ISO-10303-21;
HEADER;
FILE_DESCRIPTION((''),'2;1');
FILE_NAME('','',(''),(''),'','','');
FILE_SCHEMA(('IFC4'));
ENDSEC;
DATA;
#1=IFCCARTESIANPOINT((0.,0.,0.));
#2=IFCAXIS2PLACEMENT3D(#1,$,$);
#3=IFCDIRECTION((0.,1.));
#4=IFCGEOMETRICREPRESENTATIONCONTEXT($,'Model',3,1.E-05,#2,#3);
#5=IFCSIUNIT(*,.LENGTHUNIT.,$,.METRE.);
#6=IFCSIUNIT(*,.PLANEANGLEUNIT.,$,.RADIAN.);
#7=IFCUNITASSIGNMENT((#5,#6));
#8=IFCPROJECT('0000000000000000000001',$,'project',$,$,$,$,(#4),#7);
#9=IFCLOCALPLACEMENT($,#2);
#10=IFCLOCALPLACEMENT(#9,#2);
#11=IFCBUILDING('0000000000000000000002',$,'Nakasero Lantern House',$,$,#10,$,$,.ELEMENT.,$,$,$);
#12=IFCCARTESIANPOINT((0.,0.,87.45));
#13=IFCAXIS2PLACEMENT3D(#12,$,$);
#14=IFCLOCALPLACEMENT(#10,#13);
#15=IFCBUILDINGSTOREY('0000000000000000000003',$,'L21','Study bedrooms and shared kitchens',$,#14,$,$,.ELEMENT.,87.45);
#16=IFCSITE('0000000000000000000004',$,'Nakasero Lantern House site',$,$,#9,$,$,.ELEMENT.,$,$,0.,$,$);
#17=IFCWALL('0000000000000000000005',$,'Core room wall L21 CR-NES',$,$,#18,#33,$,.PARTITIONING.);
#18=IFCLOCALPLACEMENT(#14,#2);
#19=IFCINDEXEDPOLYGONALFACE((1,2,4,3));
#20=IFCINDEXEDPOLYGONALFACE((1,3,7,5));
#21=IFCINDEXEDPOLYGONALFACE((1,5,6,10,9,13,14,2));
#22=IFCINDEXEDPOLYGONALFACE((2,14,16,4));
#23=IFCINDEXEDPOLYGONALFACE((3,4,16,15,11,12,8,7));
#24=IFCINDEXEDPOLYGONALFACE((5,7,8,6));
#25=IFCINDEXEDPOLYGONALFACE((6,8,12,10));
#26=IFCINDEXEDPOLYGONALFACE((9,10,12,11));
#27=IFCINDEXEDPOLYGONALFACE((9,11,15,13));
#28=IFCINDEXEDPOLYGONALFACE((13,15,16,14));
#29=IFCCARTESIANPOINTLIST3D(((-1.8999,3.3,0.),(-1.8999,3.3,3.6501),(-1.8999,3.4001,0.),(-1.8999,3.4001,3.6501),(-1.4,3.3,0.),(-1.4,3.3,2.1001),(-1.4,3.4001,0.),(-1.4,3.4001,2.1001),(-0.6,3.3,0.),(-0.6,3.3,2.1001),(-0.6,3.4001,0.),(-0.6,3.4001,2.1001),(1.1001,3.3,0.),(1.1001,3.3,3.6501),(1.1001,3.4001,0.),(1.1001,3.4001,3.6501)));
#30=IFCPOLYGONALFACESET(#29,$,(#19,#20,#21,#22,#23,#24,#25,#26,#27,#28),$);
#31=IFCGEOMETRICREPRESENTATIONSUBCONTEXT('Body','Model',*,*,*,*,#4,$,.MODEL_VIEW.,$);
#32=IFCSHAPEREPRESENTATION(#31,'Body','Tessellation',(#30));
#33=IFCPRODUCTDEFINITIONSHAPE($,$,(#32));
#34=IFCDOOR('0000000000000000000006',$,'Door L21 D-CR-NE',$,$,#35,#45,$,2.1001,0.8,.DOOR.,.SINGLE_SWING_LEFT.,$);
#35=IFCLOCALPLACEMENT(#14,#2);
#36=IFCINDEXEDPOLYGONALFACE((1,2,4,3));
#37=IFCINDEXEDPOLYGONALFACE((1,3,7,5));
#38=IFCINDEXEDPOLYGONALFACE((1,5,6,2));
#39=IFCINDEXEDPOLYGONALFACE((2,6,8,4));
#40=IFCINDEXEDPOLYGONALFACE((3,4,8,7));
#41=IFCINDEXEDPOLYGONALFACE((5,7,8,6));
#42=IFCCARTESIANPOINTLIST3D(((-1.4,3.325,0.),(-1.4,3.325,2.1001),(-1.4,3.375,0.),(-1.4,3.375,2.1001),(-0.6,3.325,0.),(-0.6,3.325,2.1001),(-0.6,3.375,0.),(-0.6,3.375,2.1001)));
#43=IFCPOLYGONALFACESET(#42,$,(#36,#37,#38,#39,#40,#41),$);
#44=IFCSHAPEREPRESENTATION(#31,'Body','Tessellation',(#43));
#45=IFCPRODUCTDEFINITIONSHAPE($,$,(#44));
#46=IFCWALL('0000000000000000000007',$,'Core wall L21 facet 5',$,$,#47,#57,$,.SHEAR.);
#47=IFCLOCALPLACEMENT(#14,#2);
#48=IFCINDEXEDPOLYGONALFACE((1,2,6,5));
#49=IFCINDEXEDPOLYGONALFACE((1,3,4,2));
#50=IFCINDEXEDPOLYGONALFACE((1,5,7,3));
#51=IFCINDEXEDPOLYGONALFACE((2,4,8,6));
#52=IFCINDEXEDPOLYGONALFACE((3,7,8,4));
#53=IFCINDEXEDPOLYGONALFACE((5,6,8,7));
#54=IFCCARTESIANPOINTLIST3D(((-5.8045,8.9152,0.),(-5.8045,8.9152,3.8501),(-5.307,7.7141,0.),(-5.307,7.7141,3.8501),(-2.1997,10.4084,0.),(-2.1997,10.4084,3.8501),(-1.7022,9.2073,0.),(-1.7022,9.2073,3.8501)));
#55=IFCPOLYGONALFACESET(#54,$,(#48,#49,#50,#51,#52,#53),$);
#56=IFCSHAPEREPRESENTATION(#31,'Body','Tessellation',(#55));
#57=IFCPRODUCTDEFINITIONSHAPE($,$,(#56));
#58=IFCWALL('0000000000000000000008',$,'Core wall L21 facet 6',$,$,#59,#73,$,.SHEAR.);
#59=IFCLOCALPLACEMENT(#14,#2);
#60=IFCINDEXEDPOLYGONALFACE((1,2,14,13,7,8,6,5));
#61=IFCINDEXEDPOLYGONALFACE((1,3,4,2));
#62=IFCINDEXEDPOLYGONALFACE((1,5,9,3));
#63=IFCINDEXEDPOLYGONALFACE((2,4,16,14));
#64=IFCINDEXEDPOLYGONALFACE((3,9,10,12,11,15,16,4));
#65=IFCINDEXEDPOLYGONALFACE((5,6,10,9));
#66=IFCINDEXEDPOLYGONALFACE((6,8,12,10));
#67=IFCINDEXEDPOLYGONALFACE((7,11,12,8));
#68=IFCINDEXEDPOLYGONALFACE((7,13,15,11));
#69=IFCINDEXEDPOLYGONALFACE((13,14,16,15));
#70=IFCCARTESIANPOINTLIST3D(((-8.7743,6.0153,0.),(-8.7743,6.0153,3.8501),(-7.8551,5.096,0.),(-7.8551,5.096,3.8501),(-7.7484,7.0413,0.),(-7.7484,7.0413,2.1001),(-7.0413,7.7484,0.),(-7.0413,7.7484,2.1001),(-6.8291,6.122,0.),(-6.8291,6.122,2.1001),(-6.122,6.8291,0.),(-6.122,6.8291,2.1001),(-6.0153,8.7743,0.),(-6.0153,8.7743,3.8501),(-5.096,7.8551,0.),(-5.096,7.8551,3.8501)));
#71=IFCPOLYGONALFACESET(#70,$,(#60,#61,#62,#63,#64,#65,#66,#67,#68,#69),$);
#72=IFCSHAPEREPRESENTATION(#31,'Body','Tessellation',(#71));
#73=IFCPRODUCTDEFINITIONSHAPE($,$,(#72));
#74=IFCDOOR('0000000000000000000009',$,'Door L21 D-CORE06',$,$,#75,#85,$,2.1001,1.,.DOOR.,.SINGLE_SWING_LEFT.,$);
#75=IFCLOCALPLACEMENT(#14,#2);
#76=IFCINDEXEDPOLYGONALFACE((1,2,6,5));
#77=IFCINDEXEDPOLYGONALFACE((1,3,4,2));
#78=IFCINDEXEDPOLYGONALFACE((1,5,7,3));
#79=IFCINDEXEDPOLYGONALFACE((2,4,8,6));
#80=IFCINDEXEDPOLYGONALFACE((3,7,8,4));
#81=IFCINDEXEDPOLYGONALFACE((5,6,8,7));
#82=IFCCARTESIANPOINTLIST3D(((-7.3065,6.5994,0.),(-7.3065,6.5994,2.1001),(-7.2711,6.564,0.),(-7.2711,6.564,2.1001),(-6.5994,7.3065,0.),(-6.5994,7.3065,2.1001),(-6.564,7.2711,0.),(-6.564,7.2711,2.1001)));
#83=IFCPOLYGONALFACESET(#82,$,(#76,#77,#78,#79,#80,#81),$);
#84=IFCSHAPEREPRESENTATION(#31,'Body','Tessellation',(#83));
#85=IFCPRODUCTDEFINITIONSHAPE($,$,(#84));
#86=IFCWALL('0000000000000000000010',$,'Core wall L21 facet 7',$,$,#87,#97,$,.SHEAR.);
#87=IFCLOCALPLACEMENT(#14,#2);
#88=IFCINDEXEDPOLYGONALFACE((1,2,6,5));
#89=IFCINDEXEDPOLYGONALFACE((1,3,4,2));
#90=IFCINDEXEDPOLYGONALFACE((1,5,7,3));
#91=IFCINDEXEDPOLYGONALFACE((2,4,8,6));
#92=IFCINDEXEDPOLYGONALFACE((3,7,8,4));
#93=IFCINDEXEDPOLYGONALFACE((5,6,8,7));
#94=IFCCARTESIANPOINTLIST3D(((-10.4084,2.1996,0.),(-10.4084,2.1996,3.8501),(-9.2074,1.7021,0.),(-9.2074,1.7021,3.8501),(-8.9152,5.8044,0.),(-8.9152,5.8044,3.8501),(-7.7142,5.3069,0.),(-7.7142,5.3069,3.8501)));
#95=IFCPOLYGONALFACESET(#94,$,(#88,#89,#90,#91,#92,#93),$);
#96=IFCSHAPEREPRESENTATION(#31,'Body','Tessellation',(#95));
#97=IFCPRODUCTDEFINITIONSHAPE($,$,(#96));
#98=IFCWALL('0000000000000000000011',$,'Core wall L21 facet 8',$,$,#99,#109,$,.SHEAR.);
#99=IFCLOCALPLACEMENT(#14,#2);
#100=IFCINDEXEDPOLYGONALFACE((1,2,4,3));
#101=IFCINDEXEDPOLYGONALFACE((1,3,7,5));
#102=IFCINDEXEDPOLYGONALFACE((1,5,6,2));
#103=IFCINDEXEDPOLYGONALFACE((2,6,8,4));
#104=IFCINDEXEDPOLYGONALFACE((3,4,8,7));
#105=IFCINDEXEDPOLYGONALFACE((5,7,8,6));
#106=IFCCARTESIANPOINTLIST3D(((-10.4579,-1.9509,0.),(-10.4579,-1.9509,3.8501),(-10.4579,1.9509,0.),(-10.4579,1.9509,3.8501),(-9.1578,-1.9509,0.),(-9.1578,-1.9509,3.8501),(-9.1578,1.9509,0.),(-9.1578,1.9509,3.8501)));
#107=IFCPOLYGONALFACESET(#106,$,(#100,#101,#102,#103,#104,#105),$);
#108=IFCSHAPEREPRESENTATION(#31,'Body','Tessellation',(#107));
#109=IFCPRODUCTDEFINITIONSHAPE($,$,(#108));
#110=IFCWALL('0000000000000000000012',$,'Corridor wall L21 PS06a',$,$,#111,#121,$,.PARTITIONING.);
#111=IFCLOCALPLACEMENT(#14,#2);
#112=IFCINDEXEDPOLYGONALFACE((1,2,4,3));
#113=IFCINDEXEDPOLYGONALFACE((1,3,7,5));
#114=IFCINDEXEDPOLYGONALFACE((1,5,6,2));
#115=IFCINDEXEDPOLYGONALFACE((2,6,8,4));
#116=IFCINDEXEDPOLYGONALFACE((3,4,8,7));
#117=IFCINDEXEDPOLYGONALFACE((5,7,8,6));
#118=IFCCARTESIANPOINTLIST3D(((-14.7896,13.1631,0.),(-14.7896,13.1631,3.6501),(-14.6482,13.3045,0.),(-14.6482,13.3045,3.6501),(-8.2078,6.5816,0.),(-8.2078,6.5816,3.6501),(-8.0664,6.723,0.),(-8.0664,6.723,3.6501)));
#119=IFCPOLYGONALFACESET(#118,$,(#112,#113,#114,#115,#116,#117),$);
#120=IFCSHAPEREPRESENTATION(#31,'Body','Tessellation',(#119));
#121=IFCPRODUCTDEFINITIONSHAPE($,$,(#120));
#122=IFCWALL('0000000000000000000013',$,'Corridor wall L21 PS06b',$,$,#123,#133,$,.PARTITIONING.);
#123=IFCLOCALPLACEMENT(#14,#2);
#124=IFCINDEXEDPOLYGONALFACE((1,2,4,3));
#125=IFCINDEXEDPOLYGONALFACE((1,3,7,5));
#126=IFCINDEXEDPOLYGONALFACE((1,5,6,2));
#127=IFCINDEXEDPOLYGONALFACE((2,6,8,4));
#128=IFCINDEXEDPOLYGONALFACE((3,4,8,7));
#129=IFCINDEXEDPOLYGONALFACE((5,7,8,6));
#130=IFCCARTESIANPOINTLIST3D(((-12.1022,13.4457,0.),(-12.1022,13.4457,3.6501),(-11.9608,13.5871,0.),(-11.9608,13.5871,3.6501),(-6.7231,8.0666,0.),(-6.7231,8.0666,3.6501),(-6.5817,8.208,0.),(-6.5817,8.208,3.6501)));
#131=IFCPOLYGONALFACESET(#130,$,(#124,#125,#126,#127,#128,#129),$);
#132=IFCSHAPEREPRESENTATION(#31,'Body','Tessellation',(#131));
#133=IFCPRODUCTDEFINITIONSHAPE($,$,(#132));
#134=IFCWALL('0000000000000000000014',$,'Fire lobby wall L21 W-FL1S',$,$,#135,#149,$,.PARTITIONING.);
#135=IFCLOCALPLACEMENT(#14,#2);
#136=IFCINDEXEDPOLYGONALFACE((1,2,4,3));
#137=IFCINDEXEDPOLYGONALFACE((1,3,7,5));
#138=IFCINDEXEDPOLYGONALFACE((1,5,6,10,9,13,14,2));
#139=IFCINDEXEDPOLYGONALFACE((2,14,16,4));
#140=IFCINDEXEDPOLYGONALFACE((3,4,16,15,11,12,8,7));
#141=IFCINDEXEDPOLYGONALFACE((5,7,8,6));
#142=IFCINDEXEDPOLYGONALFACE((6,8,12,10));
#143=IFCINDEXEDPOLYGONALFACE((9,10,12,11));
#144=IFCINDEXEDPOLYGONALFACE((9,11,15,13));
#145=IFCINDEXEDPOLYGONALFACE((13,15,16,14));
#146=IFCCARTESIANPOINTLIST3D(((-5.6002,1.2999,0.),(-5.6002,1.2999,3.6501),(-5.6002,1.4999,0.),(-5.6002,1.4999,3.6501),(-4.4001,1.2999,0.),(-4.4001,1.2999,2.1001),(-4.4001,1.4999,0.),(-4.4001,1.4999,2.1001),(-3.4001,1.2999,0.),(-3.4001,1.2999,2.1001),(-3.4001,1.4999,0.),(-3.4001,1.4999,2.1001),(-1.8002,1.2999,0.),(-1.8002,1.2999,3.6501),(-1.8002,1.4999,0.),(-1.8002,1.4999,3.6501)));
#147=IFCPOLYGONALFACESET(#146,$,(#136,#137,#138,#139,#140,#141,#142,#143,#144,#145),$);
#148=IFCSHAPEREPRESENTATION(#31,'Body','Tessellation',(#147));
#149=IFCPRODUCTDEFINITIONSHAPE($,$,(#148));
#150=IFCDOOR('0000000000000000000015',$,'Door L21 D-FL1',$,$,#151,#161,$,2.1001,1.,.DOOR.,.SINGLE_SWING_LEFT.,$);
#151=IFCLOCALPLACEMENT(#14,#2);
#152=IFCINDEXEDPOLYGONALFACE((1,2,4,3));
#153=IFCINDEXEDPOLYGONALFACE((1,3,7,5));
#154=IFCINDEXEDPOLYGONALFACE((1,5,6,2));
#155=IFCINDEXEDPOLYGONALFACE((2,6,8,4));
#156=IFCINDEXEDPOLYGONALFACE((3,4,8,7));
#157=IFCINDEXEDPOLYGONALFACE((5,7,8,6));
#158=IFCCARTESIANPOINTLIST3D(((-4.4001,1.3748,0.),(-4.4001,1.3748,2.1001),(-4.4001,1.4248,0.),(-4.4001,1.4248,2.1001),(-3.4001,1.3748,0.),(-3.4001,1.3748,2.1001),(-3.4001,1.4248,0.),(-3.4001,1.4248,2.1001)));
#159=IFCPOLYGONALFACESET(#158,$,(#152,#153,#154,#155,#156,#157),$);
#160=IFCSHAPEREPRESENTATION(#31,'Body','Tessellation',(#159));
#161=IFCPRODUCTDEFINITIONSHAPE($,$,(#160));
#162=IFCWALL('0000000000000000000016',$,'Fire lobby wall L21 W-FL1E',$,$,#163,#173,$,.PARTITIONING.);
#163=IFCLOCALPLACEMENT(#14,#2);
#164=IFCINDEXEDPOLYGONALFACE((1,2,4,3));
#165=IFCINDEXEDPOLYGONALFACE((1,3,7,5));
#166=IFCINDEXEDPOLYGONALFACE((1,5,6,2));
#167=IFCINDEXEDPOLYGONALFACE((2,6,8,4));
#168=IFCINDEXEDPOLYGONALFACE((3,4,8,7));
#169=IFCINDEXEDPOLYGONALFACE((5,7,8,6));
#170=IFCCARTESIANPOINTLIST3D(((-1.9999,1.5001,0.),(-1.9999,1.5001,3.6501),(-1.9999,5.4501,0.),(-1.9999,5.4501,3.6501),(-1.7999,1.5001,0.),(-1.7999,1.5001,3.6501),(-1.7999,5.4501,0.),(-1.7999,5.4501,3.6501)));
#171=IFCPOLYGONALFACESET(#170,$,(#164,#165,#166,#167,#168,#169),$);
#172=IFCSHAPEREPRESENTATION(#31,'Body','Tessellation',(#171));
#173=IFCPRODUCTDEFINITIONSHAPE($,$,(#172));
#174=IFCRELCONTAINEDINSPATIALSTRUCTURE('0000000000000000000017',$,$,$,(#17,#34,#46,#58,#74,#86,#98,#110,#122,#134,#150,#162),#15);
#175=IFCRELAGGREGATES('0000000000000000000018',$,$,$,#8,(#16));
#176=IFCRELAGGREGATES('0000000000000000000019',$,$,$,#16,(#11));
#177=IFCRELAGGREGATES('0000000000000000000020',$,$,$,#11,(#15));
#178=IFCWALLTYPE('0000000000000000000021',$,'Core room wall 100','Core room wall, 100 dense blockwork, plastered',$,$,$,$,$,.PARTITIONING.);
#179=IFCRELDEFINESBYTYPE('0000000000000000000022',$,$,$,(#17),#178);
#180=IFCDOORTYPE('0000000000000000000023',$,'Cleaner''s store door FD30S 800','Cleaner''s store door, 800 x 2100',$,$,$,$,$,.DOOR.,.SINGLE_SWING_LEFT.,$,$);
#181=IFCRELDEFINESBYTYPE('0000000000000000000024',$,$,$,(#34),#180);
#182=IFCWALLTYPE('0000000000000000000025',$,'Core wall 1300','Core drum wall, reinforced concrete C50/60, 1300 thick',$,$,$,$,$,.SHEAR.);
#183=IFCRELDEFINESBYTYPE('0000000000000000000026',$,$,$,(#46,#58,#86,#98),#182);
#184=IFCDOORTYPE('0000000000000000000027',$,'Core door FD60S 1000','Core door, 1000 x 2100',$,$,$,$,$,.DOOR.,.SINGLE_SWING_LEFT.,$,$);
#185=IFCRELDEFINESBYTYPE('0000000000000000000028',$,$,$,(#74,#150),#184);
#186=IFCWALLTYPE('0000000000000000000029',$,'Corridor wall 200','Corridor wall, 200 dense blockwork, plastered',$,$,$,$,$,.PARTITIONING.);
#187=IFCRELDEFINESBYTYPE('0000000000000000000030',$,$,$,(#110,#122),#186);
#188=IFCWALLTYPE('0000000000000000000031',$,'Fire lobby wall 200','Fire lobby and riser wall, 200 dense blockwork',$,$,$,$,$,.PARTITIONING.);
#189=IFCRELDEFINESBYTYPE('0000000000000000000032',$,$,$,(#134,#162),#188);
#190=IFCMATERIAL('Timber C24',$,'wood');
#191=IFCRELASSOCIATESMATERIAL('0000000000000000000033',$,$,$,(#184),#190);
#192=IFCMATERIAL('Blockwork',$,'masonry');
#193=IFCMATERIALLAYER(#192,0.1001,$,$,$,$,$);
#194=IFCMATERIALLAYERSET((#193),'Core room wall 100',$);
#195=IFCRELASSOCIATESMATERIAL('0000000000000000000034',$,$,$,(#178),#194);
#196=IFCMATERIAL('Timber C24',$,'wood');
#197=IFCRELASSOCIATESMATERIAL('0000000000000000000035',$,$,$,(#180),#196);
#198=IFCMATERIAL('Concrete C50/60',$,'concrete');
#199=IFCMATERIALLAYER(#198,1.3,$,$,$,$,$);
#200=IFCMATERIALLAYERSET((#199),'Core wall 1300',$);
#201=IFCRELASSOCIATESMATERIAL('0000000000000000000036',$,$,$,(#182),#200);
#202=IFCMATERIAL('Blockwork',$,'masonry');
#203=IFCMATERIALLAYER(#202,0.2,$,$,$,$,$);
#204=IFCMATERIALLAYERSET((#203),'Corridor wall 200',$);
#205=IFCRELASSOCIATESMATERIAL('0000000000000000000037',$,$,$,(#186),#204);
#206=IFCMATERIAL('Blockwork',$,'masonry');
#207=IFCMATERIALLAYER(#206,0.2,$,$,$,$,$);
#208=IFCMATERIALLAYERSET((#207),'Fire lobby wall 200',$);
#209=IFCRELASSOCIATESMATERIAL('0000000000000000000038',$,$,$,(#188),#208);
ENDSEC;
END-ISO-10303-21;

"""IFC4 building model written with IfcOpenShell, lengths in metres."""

from ifc_helpers import new_model, si_unit, direction, frame, frame_2d, origin, place, context, subcontext, project, spatial, rectangle, extrude, material, layer, layer_set, type_object, element, fill, save


model = new_model("IFC4")

# Units and contexts
model_context = context("Model", 3, precision=1e-05, world=origin(), true_north=direction((0.0, 1.0)))
body_context = subcontext(model_context, "Body", "Model", "MODEL_VIEW")
ifc_project = project(units=[si_unit("LENGTHUNIT", "METRE"), si_unit("PLANEANGLEUNIT", "RADIAN")], contexts=[model_context])

# Site, building, storey
site_placement = place(None, origin())
site = spatial("IfcSite", under=ifc_project, at=site_placement, Name="Nakasero Lantern House site", CompositionType="ELEMENT", RefElevation=0.0)
building_placement = place(site_placement, origin())
building = spatial("IfcBuilding", under=site, at=building_placement, Name="Nakasero Lantern House", CompositionType="ELEMENT")
storey_placement = place(building_placement, frame((0.0, 0.0, 87.45)))
storey = spatial("IfcBuildingStorey", under=building, at=storey_placement, Name="L21", Description="Study bedrooms and shared kitchens", CompositionType="ELEMENT", Elevation=87.45)

# Shared definitions
ifc_material_1 = material(Name="Timber C24", Category="wood")
door_type_1 = type_object("IfcDoorType", Name="Core door FD60S 1000", Description="Core door, 1000 x 2100", OperationType="SINGLE_SWING_LEFT", PredefinedType="DOOR", material=ifc_material_1)

# Wall, opening, door
ifc_material_2 = material(Name="Blockwork", Category="masonry")
ifc_layer_1 = layer(ifc_material_2, 0.1001)
ifc_layer_set_1 = layer_set([ifc_layer_1], Name="Core room wall 100")
wall_type_1 = type_object("IfcWallType", Name="Core room wall 100", Description="Core room wall, 100 dense blockwork, plastered", PredefinedType="PARTITIONING", material=ifc_layer_set_1)
wall_1_placement = place(storey_placement, frame((-1.8999, 3.3501, 0.0), z_axis=(0.0, 0.0, 1.0), x_axis=(1.0, 0.0, 0.0)))
wall_1 = element("IfcWall", 1, at=wall_1_placement, inside=storey, type_object=wall_type_1, Name="Core room wall L21 CR-NES", PredefinedType="PARTITIONING", context=body_context, shape_type="SweptSolid", body=[
    extrude(rectangle(XDim=3.0, YDim=0.1001, at=frame_2d((1.5, 0.0))), origin(), (0.0, 0.0, 1.0), 3.6501),
])
opening_1_placement = place(wall_1_placement, frame((0.5, 0.0, 0.0)))
opening_1 = element("IfcOpeningElement", 2, at=opening_1_placement, cuts=wall_1, PredefinedType="OPENING", context=body_context, shape_type="SweptSolid", body=[
    extrude(rectangle(XDim=0.8, YDim=2.1001, at=frame_2d((0.3999, 1.05))), frame((0.0, 0.0701, 0.0), z_axis=(0.0, -1.0, 0.0), x_axis=(1.0, 0.0, 0.0)), (0.0, 0.0, 1.0), 0.1401),
])
ifc_material_3 = material(Name="Timber C24", Category="wood")
door_type_2 = type_object("IfcDoorType", Name="Cleaner's store door FD30S 800", Description="Cleaner's store door, 800 x 2100", OperationType="SINGLE_SWING_LEFT", PredefinedType="DOOR", material=ifc_material_3)
door_1_placement = place(opening_1_placement, origin())
door_1 = element("IfcDoor", 3, at=door_1_placement, inside=storey, type_object=door_type_2, Name="Door L21 D-CR-NE", OperationType="SINGLE_SWING_LEFT", OverallHeight=2.1001, OverallWidth=0.8, PredefinedType="DOOR", context=body_context, shape_type="SweptSolid", body=[
    extrude(rectangle(XDim=0.8, YDim=2.1001, at=frame_2d((0.3999, 1.05))), frame((0.0, 0.0249, 0.0), z_axis=(0.0, -1.0, 0.0), x_axis=(1.0, 0.0, 0.0)), (0.0, 0.0, 1.0), 0.05),
])
fill(opening_1, door_1)

# Wall
ifc_material_4 = material(Name="Concrete C50/60", Category="concrete")
ifc_layer_2 = layer(ifc_material_4, 1.3)
ifc_layer_set_2 = layer_set([ifc_layer_2], Name="Core wall 1300")
wall_type_2 = type_object("IfcWallType", Name="Core wall 1300", Description="Core drum wall, reinforced concrete C50/60, 1300 thick", PredefinedType="SHEAR", material=ifc_layer_set_2)
wall_2_placement = place(storey_placement, frame((-1.9509, 9.8079, 0.0), z_axis=(0.0, 0.0, 1.0), x_axis=(-0.923877, -0.382691, 0.0)))
element("IfcWall", 4, at=wall_2_placement, inside=storey, type_object=wall_type_2, Name="Core wall L21 facet 5", PredefinedType="SHEAR", context=body_context, shape_type="SweptSolid", body=[
    extrude(rectangle(XDim=3.9019, YDim=1.3, at=frame_2d((1.9509, 0.0))), origin(), (0.0, 0.0, 1.0), 3.8501),
])

# Wall, opening, door
wall_3_placement = place(storey_placement, frame((-5.5557, 8.3147, 0.0), z_axis=(0.0, 0.0, 1.0), x_axis=(-0.707107, -0.707107, 0.0)))
wall_3 = element("IfcWall", 5, at=wall_3_placement, inside=storey, type_object=wall_type_2, Name="Core wall L21 facet 6", PredefinedType="SHEAR", context=body_context, shape_type="SweptSolid", body=[
    extrude(rectangle(XDim=3.9019, YDim=1.3, at=frame_2d((1.9509, 0.0))), origin(), (0.0, 0.0, 1.0), 3.8501),
])
opening_2_placement = place(wall_3_placement, frame((1.4509, 0.0, 0.0)))
opening_2 = element("IfcOpeningElement", 6, at=opening_2_placement, cuts=wall_3, PredefinedType="OPENING", context=body_context, shape_type="SweptSolid", body=[
    extrude(rectangle(XDim=1.0, YDim=2.1001, at=frame_2d((0.5, 1.05))), frame((0.0, 0.6699, 0.0), z_axis=(0.0, -1.0, 0.0), x_axis=(1.0, 0.0, 0.0)), (0.0, 0.0, 1.0), 1.3401),
])
door_2_placement = place(opening_2_placement, origin())
door_2 = element("IfcDoor", 7, at=door_2_placement, inside=storey, type_object=door_type_1, Name="Door L21 D-CORE06", OperationType="SINGLE_SWING_LEFT", OverallHeight=2.1001, OverallWidth=1.0, PredefinedType="DOOR", context=body_context, shape_type="SweptSolid", body=[
    extrude(rectangle(XDim=1.0, YDim=2.1001, at=frame_2d((0.5, 1.05))), frame((0.0, 0.0249, 0.0), z_axis=(0.0, -1.0, 0.0), x_axis=(1.0, 0.0, 0.0)), (0.0, 0.0, 1.0), 0.05),
])
fill(opening_2, door_2)

# Walls
for number, where, z_axis, x_axis, name in (
    (8, (-8.3147, 5.5557, 0.0), (0.0, 0.0, 1.0), (-0.382691, -0.923877, 0.0), "Core wall L21 facet 7"),
    (9, (-9.8079, 1.9509, 0.0), (0.0, 0.0, 1.0), (0.0, -1.0, 0.0), "Core wall L21 facet 8"),
):
    element("IfcWall", number, at=place(storey_placement, frame(where, z_axis=z_axis, x_axis=x_axis)), inside=storey, type_object=wall_type_2, Name=name, PredefinedType="SHEAR", context=body_context, shape_type="SweptSolid", body=[
        extrude(rectangle(XDim=3.9019, YDim=1.3, at=frame_2d((1.9509, 0.0))), origin(), (0.0, 0.0, 1.0), 3.8501),
    ])
ifc_material_5 = material(Name="Blockwork", Category="masonry")
ifc_layer_3 = layer(ifc_material_5, 0.2)
ifc_layer_set_3 = layer_set([ifc_layer_3], Name="Corridor wall 200")
wall_type_3 = type_object("IfcWallType", Name="Corridor wall 200", Description="Corridor wall, 200 dense blockwork, plastered", PredefinedType="PARTITIONING", material=ifc_layer_set_3)
wall_4_placement = place(storey_placement, frame((-8.1372, 6.6523, 0.0), z_axis=(0.0, 0.0, 1.0), x_axis=(-0.70712, 0.707094, 0.0)))
element("IfcWall", 10, at=wall_4_placement, inside=storey, type_object=wall_type_3, Name="Corridor wall L21 PS06a", PredefinedType="PARTITIONING", context=body_context, shape_type="SweptSolid", body=[
    extrude(rectangle(XDim=9.3079, YDim=0.2, at=frame_2d((4.6538, 0.0))), origin(), (0.0, 0.0, 1.0), 3.6501),
])
wall_5_placement = place(storey_placement, frame((-6.6523, 8.1372, 0.0), z_axis=(0.0, 0.0, 1.0), x_axis=(-0.707107, 0.707107, 0.0)))
element("IfcWall", 11, at=wall_5_placement, inside=storey, type_object=wall_type_3, Name="Corridor wall L21 PS06b", PredefinedType="PARTITIONING", context=body_context, shape_type="SweptSolid", body=[
    extrude(rectangle(XDim=7.6072, YDim=0.2, at=frame_2d((3.8037, 0.0))), origin(), (0.0, 0.0, 1.0), 3.6501),
])

# Wall, opening, door
ifc_material_6 = material(Name="Blockwork", Category="masonry")
ifc_layer_4 = layer(ifc_material_6, 0.2)
ifc_layer_set_4 = layer_set([ifc_layer_4], Name="Fire lobby wall 200")
wall_type_4 = type_object("IfcWallType", Name="Fire lobby wall 200", Description="Fire lobby and riser wall, 200 dense blockwork", PredefinedType="PARTITIONING", material=ifc_layer_set_4)
wall_6_placement = place(storey_placement, frame((-5.6001, 1.3999, 0.0), z_axis=(0.0, 0.0, 1.0), x_axis=(1.0, 0.0, 0.0)))
wall_6 = element("IfcWall", 12, at=wall_6_placement, inside=storey, type_object=wall_type_4, Name="Fire lobby wall L21 W-FL1S", PredefinedType="PARTITIONING", context=body_context, shape_type="SweptSolid", body=[
    extrude(rectangle(XDim=3.8, YDim=0.2, at=frame_2d((1.8999, 0.0))), origin(), (0.0, 0.0, 1.0), 3.6501),
])
opening_3_placement = place(wall_6_placement, frame((1.2, 0.0, 0.0)))
opening_3 = element("IfcOpeningElement", 13, at=opening_3_placement, cuts=wall_6, PredefinedType="OPENING", context=body_context, shape_type="SweptSolid", body=[
    extrude(rectangle(XDim=1.0, YDim=2.1001, at=frame_2d((0.5, 1.05))), frame((0.0, 0.1199, 0.0), z_axis=(0.0, -1.0, 0.0), x_axis=(1.0, 0.0, 0.0)), (0.0, 0.0, 1.0), 0.24),
])
door_3_placement = place(opening_3_placement, origin())
door_3 = element("IfcDoor", 14, at=door_3_placement, inside=storey, type_object=door_type_1, Name="Door L21 D-FL1", OperationType="SINGLE_SWING_LEFT", OverallHeight=2.1001, OverallWidth=1.0, PredefinedType="DOOR", context=body_context, shape_type="SweptSolid", body=[
    extrude(rectangle(XDim=1.0, YDim=2.1001, at=frame_2d((0.5, 1.05))), frame((0.0, 0.0249, 0.0), z_axis=(0.0, -1.0, 0.0), x_axis=(1.0, 0.0, 0.0)), (0.0, 0.0, 1.0), 0.05),
])
fill(opening_3, door_3)

# Wall
wall_7_placement = place(storey_placement, frame((-1.8999, 1.5, 0.0), z_axis=(0.0, 0.0, 1.0), x_axis=(0.0, 1.0, 0.0)))
element("IfcWall", 15, at=wall_7_placement, inside=storey, type_object=wall_type_4, Name="Fire lobby wall L21 W-FL1E", PredefinedType="PARTITIONING", context=body_context, shape_type="SweptSolid", body=[
    extrude(rectangle(XDim=3.95, YDim=0.2, at=frame_2d((1.9751, 0.0))), origin(), (0.0, 0.0, 1.0), 3.6501),
])

save(model, "model.ifc")
